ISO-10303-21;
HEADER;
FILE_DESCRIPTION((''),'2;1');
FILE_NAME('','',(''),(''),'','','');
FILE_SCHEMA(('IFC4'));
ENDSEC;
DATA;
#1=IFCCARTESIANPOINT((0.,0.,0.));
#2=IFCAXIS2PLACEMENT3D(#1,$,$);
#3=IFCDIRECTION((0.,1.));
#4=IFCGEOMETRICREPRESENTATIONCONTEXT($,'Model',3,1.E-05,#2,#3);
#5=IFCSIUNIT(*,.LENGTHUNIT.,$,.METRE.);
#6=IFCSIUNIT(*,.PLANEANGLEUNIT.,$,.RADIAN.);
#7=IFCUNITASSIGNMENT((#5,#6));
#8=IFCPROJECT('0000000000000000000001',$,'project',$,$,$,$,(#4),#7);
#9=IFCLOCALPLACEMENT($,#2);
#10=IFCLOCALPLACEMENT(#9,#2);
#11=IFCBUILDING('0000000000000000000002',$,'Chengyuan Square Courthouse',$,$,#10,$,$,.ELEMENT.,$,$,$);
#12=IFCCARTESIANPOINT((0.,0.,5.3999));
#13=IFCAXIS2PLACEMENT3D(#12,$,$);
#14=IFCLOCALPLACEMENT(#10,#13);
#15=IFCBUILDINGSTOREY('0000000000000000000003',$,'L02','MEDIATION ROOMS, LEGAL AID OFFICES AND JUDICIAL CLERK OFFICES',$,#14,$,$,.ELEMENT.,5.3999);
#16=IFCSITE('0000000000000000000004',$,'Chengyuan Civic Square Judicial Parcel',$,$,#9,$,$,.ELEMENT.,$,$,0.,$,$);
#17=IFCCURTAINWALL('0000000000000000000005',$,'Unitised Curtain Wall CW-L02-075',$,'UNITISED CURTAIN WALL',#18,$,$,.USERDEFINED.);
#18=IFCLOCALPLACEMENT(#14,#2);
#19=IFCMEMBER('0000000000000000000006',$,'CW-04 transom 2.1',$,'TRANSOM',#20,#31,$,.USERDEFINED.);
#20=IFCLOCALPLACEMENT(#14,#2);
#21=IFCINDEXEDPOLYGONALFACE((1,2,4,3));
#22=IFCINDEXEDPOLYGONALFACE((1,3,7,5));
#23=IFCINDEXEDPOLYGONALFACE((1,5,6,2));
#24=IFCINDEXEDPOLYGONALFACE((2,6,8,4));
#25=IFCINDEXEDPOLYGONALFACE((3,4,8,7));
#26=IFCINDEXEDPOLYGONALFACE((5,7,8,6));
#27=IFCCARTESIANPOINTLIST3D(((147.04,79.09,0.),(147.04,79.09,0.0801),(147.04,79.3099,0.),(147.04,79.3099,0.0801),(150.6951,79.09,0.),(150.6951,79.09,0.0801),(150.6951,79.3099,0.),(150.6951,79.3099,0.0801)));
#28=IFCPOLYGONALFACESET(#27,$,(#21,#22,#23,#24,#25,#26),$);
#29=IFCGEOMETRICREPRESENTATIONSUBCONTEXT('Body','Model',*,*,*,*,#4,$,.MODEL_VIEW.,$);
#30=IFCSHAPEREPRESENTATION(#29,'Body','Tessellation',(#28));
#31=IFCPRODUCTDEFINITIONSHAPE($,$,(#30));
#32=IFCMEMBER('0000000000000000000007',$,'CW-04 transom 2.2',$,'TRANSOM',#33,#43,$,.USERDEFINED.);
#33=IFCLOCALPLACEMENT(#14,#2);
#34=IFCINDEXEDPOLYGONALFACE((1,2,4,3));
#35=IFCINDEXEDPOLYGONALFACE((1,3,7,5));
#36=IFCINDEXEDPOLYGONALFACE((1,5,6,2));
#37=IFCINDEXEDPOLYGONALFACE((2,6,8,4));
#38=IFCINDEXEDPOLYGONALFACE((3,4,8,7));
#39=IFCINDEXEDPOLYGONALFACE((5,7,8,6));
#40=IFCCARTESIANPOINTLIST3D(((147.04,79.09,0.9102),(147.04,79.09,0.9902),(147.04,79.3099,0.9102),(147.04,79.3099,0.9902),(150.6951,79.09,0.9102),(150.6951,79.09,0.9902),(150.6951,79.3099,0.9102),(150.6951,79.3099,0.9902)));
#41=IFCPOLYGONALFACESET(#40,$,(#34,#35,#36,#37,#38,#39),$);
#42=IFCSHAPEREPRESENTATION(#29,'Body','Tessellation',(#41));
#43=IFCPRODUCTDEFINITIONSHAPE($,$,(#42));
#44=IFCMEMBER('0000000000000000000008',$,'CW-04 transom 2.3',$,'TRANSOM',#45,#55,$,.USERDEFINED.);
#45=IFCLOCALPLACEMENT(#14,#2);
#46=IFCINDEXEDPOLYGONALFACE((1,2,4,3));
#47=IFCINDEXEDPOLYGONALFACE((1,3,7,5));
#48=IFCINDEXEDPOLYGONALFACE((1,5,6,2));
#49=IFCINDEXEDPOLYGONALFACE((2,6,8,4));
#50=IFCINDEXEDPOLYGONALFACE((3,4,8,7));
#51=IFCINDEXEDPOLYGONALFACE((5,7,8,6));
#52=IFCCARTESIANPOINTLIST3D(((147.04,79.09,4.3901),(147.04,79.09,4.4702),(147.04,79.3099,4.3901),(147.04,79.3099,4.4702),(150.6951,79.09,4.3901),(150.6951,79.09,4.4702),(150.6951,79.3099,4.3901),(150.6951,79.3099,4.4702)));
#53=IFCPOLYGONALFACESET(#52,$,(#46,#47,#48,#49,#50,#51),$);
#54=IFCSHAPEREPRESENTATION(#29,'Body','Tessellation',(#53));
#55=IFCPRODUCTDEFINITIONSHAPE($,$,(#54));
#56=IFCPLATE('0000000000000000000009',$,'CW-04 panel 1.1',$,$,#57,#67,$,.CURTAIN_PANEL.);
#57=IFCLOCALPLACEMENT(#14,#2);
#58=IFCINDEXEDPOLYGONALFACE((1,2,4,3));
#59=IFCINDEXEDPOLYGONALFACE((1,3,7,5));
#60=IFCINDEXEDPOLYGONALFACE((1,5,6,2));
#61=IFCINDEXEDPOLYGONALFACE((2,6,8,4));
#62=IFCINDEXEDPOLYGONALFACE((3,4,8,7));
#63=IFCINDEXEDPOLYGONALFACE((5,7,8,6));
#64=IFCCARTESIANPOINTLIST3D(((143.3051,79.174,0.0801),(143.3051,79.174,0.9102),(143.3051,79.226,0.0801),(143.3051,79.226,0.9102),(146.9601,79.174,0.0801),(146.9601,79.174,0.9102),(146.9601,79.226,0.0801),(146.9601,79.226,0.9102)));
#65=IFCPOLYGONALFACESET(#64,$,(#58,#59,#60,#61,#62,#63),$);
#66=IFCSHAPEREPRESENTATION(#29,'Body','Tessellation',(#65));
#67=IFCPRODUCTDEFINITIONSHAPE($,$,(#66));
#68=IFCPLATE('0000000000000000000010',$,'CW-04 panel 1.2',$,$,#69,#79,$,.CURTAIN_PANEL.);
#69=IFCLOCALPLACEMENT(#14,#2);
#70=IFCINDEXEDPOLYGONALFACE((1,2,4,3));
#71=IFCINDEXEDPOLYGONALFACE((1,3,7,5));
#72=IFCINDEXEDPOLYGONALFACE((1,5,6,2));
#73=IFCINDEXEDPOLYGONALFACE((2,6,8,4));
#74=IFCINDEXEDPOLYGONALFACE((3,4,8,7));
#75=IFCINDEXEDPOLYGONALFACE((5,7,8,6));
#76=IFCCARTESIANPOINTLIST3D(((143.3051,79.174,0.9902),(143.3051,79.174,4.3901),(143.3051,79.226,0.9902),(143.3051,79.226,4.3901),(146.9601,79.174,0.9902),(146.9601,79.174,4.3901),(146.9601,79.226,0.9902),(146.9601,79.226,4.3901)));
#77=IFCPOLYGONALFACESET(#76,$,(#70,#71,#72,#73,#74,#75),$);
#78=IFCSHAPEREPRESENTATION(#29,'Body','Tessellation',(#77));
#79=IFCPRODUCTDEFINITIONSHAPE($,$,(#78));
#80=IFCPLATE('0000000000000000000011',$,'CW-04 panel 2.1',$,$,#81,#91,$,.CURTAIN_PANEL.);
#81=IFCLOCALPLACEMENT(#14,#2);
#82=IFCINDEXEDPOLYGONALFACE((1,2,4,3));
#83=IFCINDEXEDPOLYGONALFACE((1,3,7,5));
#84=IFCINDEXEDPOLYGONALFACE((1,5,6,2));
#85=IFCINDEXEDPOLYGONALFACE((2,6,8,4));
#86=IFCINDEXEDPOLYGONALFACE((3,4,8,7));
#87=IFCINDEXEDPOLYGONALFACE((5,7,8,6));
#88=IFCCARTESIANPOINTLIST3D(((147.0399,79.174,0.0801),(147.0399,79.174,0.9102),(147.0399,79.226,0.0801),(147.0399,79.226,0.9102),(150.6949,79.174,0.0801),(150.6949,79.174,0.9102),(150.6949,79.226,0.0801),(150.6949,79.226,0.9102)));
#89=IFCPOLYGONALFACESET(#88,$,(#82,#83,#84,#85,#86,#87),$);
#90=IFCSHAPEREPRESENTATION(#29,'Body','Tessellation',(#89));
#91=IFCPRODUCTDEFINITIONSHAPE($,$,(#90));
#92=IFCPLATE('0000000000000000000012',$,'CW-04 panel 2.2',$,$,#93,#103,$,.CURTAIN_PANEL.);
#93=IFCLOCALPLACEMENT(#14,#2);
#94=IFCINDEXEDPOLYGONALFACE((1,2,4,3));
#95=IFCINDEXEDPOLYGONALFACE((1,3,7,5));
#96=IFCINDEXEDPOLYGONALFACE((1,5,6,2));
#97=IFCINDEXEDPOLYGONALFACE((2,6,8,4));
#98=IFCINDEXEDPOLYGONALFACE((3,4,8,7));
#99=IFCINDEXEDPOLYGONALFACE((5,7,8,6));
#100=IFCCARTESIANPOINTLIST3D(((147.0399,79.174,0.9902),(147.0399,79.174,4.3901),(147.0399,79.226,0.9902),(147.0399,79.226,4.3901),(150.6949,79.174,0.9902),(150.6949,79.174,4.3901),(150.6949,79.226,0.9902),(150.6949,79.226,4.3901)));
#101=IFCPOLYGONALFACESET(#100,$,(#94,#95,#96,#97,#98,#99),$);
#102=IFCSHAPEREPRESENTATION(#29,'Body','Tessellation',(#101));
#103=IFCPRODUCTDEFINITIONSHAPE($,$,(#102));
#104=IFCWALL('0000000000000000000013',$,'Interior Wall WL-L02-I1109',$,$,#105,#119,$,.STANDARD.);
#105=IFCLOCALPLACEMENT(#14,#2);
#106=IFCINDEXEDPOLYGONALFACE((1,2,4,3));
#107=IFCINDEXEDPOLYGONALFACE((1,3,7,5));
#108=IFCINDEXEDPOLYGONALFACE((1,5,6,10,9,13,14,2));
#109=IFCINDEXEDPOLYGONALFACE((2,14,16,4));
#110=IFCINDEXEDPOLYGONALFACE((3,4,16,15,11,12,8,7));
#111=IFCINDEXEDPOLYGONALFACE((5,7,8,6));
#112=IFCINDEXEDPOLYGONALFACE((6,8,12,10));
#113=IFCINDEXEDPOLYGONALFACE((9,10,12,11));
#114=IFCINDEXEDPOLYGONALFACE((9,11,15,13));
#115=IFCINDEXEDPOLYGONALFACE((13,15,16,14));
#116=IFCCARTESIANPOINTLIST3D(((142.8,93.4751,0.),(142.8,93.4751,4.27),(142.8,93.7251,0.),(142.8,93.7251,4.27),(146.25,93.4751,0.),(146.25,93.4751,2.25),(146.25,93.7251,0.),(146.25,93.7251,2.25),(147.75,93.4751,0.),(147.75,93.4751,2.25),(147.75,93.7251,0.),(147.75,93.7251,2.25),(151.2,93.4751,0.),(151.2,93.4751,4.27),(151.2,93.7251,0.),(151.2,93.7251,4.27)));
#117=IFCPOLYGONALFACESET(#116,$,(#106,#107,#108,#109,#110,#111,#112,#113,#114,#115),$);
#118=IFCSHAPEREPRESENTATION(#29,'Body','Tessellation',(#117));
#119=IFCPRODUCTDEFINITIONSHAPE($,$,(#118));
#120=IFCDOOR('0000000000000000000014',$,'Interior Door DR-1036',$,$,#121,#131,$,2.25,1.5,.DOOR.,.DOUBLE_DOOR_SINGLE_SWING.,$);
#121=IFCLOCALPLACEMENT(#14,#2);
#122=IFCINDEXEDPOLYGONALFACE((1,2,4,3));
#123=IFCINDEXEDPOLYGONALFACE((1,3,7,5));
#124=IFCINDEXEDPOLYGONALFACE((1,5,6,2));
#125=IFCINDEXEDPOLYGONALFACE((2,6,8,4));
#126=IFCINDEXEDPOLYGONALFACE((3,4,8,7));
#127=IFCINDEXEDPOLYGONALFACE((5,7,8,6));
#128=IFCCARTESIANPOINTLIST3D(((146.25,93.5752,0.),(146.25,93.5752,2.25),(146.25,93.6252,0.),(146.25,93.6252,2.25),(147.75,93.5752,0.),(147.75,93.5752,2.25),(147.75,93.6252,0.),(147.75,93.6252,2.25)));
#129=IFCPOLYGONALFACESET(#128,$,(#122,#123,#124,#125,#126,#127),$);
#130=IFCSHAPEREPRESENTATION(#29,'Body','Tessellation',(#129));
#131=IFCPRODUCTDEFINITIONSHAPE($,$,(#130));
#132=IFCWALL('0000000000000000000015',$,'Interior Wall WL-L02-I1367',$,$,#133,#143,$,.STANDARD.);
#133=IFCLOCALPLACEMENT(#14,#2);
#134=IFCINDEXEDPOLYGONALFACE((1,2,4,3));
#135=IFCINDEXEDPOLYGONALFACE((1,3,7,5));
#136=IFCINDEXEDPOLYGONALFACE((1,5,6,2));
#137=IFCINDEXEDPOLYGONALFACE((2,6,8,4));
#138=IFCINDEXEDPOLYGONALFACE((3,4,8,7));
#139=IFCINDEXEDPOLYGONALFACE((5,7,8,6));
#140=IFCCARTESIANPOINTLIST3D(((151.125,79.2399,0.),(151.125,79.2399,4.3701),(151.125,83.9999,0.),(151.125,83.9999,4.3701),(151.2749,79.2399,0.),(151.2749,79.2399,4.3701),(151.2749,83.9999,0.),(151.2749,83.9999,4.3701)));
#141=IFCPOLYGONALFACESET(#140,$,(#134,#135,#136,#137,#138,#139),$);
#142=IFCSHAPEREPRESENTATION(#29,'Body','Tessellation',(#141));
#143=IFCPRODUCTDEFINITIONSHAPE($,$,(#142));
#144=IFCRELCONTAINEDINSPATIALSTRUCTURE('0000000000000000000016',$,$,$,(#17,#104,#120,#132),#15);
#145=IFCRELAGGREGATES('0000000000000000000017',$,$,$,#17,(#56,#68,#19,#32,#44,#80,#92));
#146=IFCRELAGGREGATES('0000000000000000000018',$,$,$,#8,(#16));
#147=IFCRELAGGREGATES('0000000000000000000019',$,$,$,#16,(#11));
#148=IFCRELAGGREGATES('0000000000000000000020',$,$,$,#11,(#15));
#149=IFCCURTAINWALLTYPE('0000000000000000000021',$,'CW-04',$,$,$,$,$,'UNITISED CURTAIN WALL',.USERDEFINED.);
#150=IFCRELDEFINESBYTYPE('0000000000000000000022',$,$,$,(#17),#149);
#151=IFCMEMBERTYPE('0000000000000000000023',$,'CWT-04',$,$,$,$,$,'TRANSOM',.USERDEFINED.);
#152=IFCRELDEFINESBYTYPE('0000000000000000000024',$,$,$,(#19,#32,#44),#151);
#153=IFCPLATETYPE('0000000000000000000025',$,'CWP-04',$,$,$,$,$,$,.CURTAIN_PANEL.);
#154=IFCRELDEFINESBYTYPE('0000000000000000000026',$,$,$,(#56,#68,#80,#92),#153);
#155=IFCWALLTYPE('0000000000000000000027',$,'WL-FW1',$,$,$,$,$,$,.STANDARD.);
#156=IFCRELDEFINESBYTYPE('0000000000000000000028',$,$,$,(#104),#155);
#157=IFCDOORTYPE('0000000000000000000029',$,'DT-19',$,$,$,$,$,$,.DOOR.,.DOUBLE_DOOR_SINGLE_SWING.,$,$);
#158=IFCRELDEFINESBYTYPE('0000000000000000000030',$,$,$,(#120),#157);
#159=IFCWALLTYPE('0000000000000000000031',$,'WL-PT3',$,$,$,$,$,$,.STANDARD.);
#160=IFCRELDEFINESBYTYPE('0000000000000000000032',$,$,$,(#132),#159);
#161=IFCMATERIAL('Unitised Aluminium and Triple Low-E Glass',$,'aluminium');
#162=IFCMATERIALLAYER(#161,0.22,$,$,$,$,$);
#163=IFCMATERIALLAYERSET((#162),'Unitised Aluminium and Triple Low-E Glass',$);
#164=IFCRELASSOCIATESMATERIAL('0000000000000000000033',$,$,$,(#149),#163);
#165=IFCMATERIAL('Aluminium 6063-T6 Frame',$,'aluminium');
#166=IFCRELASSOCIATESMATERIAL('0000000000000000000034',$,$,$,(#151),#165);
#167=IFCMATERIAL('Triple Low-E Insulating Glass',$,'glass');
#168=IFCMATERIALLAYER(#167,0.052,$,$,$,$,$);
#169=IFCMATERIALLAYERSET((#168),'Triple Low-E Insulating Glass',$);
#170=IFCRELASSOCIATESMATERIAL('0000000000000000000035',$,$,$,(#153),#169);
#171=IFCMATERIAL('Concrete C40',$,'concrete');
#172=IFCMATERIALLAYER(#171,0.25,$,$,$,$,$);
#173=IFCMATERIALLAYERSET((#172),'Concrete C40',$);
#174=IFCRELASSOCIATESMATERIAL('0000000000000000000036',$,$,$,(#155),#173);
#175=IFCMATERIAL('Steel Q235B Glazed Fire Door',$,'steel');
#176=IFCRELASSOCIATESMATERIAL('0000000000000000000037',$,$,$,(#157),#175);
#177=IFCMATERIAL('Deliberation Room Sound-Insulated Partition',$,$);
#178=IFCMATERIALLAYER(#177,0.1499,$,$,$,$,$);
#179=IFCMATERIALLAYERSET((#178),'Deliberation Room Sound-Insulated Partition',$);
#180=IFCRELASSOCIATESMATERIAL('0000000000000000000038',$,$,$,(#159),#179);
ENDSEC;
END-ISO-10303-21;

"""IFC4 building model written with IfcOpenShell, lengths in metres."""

from ifc_helpers import new_model, si_unit, direction, frame, frame_2d, origin, origin_2d, place, context, subcontext, project, spatial, rectangle, extrude, material, layer, layer_set, material_profile, profile_set, type_object, element, fill, aggregate, save


model = new_model("IFC4")

# Units and contexts
model_context = context("Model", 3, precision=1e-05, world=origin(), true_north=direction((0.0, 1.0)))
body_context = subcontext(model_context, "Body", "Model", "MODEL_VIEW")
ifc_project = project(units=[si_unit("LENGTHUNIT", "METRE"), si_unit("PLANEANGLEUNIT", "RADIAN")], contexts=[model_context])

# Site, building, storey
site_placement = place(None, origin())
site = spatial("IfcSite", under=ifc_project, at=site_placement, Name="Chengyuan Civic Square Judicial Parcel", CompositionType="ELEMENT", RefElevation=0.0)
building_placement = place(site_placement, origin())
building = spatial("IfcBuilding", under=site, at=building_placement, Name="Chengyuan Square Courthouse", CompositionType="ELEMENT")
storey_placement = place(building_placement, frame((0.0, 0.0, 5.3999)))
storey = spatial("IfcBuildingStorey", under=building, at=storey_placement, Name="L02", Description="MEDIATION ROOMS, LEGAL AID OFFICES AND JUDICIAL CLERK OFFICES", CompositionType="ELEMENT", Elevation=5.3999)

# Shared definitions
ifc_material_1 = material(Name="Concrete C40", Category="concrete")

# Curtain wall, members, plates
ifc_material_2 = material(Name="Unitised Aluminium and Triple Low-E Glass", Category="aluminium")
ifc_layer_1 = layer(ifc_material_2, 0.22)
ifc_layer_set_1 = layer_set([ifc_layer_1], Name="Unitised Aluminium and Triple Low-E Glass")
curtain_wall_type = type_object("IfcCurtainWallType", Name="CW-04", ElementType="UNITISED CURTAIN WALL", PredefinedType="USERDEFINED", material=ifc_layer_set_1)
curtain_wall_placement = place(storey_placement, origin())
curtain_wall = element("IfcCurtainWall", 1, at=curtain_wall_placement, inside=storey, type_object=curtain_wall_type, Name="Unitised Curtain Wall CW-L02-075", ObjectType="UNITISED CURTAIN WALL", PredefinedType="USERDEFINED")
ifc_material_3 = material(Name="Aluminium 6063-T6 Frame", Category="aluminium")
ifc_material_profile_1 = material_profile(ifc_material_3, rectangle(XDim=0.22, YDim=0.0801, at=origin_2d()), Name="CW-TRN-80x180")
ifc_profile_set_1 = profile_set([ifc_material_profile_1], Name="Aluminium 6063-T6 Frame")
member_type_1 = type_object("IfcMemberType", Name="CWT-04", ElementType="TRANSOM", PredefinedType="USERDEFINED", material=ifc_profile_set_1)
member_1_placement = place(storey_placement, frame((147.04, 79.2, 0.04), z_axis=(1.0, 0.0, 0.0), x_axis=(0.0, 1.0, 0.0)))
member_1 = element("IfcMember", 2, at=member_1_placement, type_object=member_type_1, Name="CW-04 transom 2.1", ObjectType="TRANSOM", PredefinedType="USERDEFINED", context=body_context, shape_type="SweptSolid", body=[
    extrude(rectangle(XDim=0.22, YDim=0.0801, at=origin_2d()), origin(), (0.0, 0.0, 1.0), 3.655),
])
member_2_placement = place(storey_placement, frame((147.04, 79.2, 0.9502), z_axis=(1.0, 0.0, 0.0), x_axis=(0.0, 1.0, 0.0)))
member_2 = element("IfcMember", 3, at=member_2_placement, type_object=member_type_1, Name="CW-04 transom 2.2", ObjectType="TRANSOM", PredefinedType="USERDEFINED", context=body_context, shape_type="SweptSolid", body=[
    extrude(rectangle(XDim=0.22, YDim=0.0801, at=origin_2d()), origin(), (0.0, 0.0, 1.0), 3.655),
])
member_3_placement = place(storey_placement, frame((147.04, 79.2, 4.4302), z_axis=(1.0, 0.0, 0.0), x_axis=(0.0, 1.0, 0.0)))
member_3 = element("IfcMember", 4, at=member_3_placement, type_object=member_type_1, Name="CW-04 transom 2.3", ObjectType="TRANSOM", PredefinedType="USERDEFINED", context=body_context, shape_type="SweptSolid", body=[
    extrude(rectangle(XDim=0.22, YDim=0.0801, at=origin_2d()), origin(), (0.0, 0.0, 1.0), 3.655),
])
ifc_material_4 = material(Name="Triple Low-E Insulating Glass", Category="glass")
ifc_layer_2 = layer(ifc_material_4, 0.052)
ifc_layer_set_2 = layer_set([ifc_layer_2], Name="Triple Low-E Insulating Glass")
plate_type = type_object("IfcPlateType", Name="CWP-04", PredefinedType="CURTAIN_PANEL", material=ifc_layer_set_2)
plate_1_placement = place(storey_placement, frame((145.1326, 79.2, 0.0801), z_axis=(0.0, 0.0, 1.0), x_axis=(1.0, 0.0, 0.0)))
plate_1 = element("IfcPlate", 5, at=plate_1_placement, type_object=plate_type, Name="CW-04 panel 1.1", PredefinedType="CURTAIN_PANEL", context=body_context, shape_type="SweptSolid", body=[
    extrude(rectangle(XDim=3.655, YDim=0.052, at=origin_2d()), origin(), (0.0, 0.0, 1.0), 0.8301),
])
plate_2_placement = place(storey_placement, frame((145.1326, 79.2, 0.9902), z_axis=(0.0, 0.0, 1.0), x_axis=(1.0, 0.0, 0.0)))
plate_2 = element("IfcPlate", 6, at=plate_2_placement, type_object=plate_type, Name="CW-04 panel 1.2", PredefinedType="CURTAIN_PANEL", context=body_context, shape_type="SweptSolid", body=[
    extrude(rectangle(XDim=3.655, YDim=0.052, at=origin_2d()), origin(), (0.0, 0.0, 1.0), 3.3999),
])
plate_3_placement = place(storey_placement, frame((148.8674, 79.2, 0.0801), z_axis=(0.0, 0.0, 1.0), x_axis=(1.0, 0.0, 0.0)))
plate_3 = element("IfcPlate", 7, at=plate_3_placement, type_object=plate_type, Name="CW-04 panel 2.1", PredefinedType="CURTAIN_PANEL", context=body_context, shape_type="SweptSolid", body=[
    extrude(rectangle(XDim=3.655, YDim=0.052, at=origin_2d()), origin(), (0.0, 0.0, 1.0), 0.8301),
])
plate_4_placement = place(storey_placement, frame((148.8674, 79.2, 0.9902), z_axis=(0.0, 0.0, 1.0), x_axis=(1.0, 0.0, 0.0)))
plate_4 = element("IfcPlate", 8, at=plate_4_placement, type_object=plate_type, Name="CW-04 panel 2.2", PredefinedType="CURTAIN_PANEL", context=body_context, shape_type="SweptSolid", body=[
    extrude(rectangle(XDim=3.655, YDim=0.052, at=origin_2d()), origin(), (0.0, 0.0, 1.0), 3.3999),
])
aggregate(curtain_wall, [plate_1, plate_2, member_1, member_2, member_3, plate_3, plate_4])

# Wall, opening, door
ifc_layer_3 = layer(ifc_material_1, 0.25)
ifc_layer_set_3 = layer_set([ifc_layer_3], Name="Concrete C40")
wall_type_1 = type_object("IfcWallType", Name="WL-FW1", PredefinedType="STANDARD", material=ifc_layer_set_3)
wall_1_placement = place(storey_placement, frame((142.8, 93.6001, 0.0), z_axis=(0.0, 0.0, 1.0), x_axis=(1.0, 0.0, 0.0)))
wall_1 = element("IfcWall", 9, at=wall_1_placement, inside=storey, type_object=wall_type_1, Name="Interior Wall WL-L02-I1109", PredefinedType="STANDARD", context=body_context, shape_type="SweptSolid", body=[
    extrude(rectangle(XDim=8.3999, YDim=0.25, at=frame_2d((4.2, 0.0))), origin(), (0.0, 0.0, 1.0), 4.27),
])
opening_1_placement = place(wall_1_placement, frame((3.45, 0.0, 0.0)))
opening_1 = element("IfcOpeningElement", 10, at=opening_1_placement, cuts=wall_1, PredefinedType="OPENING", context=body_context, shape_type="SweptSolid", body=[
    extrude(rectangle(XDim=1.5, YDim=2.25, at=frame_2d((0.75, 1.125))), frame((0.0, 0.137, 0.0), z_axis=(0.0, -1.0, 0.0), x_axis=(1.0, 0.0, 0.0)), (0.0, 0.0, 1.0), 0.2739),
])
ifc_material_5 = material(Name="Steel Q235B Glazed Fire Door", Category="steel")
door_type_1 = type_object("IfcDoorType", Name="DT-19", OperationType="DOUBLE_DOOR_SINGLE_SWING", PredefinedType="DOOR", material=ifc_material_5)
door_1_placement = place(opening_1_placement, frame((1.5, 0.0, 0.0), z_axis=(0.0, 0.0, 1.0), x_axis=(-1.0, 0.0, 0.0)))
door_1 = element("IfcDoor", 11, at=door_1_placement, inside=storey, type_object=door_type_1, Name="Interior Door DR-1036", OperationType="DOUBLE_DOOR_SINGLE_SWING", OverallHeight=2.25, OverallWidth=1.5, PredefinedType="DOOR", context=body_context, shape_type="SweptSolid", body=[
    extrude(rectangle(XDim=1.5, YDim=2.25, at=frame_2d((0.75, 1.125))), frame((0.0, 0.0249, 0.0), z_axis=(0.0, -1.0, 0.0), x_axis=(1.0, 0.0, 0.0)), (0.0, 0.0, 1.0), 0.05),
])
fill(opening_1, door_1)

# Wall
ifc_material_6 = material(Name="Deliberation Room Sound-Insulated Partition")
ifc_layer_4 = layer(ifc_material_6, 0.1499)
ifc_layer_set_4 = layer_set([ifc_layer_4], Name="Deliberation Room Sound-Insulated Partition")
wall_type_2 = type_object("IfcWallType", Name="WL-PT3", PredefinedType="STANDARD", material=ifc_layer_set_4)
wall_2_placement = place(storey_placement, frame((151.2, 79.24, 0.0), z_axis=(0.0, 0.0, 1.0), x_axis=(0.0, 1.0, 0.0)))
element("IfcWall", 12, at=wall_2_placement, inside=storey, type_object=wall_type_2, Name="Interior Wall WL-L02-I1367", PredefinedType="STANDARD", context=body_context, shape_type="SweptSolid", body=[
    extrude(rectangle(XDim=4.76, YDim=0.1499, at=frame_2d((2.3799, 0.0))), origin(), (0.0, 0.0, 1.0), 4.3701),
])

save(model, "model.ifc")
